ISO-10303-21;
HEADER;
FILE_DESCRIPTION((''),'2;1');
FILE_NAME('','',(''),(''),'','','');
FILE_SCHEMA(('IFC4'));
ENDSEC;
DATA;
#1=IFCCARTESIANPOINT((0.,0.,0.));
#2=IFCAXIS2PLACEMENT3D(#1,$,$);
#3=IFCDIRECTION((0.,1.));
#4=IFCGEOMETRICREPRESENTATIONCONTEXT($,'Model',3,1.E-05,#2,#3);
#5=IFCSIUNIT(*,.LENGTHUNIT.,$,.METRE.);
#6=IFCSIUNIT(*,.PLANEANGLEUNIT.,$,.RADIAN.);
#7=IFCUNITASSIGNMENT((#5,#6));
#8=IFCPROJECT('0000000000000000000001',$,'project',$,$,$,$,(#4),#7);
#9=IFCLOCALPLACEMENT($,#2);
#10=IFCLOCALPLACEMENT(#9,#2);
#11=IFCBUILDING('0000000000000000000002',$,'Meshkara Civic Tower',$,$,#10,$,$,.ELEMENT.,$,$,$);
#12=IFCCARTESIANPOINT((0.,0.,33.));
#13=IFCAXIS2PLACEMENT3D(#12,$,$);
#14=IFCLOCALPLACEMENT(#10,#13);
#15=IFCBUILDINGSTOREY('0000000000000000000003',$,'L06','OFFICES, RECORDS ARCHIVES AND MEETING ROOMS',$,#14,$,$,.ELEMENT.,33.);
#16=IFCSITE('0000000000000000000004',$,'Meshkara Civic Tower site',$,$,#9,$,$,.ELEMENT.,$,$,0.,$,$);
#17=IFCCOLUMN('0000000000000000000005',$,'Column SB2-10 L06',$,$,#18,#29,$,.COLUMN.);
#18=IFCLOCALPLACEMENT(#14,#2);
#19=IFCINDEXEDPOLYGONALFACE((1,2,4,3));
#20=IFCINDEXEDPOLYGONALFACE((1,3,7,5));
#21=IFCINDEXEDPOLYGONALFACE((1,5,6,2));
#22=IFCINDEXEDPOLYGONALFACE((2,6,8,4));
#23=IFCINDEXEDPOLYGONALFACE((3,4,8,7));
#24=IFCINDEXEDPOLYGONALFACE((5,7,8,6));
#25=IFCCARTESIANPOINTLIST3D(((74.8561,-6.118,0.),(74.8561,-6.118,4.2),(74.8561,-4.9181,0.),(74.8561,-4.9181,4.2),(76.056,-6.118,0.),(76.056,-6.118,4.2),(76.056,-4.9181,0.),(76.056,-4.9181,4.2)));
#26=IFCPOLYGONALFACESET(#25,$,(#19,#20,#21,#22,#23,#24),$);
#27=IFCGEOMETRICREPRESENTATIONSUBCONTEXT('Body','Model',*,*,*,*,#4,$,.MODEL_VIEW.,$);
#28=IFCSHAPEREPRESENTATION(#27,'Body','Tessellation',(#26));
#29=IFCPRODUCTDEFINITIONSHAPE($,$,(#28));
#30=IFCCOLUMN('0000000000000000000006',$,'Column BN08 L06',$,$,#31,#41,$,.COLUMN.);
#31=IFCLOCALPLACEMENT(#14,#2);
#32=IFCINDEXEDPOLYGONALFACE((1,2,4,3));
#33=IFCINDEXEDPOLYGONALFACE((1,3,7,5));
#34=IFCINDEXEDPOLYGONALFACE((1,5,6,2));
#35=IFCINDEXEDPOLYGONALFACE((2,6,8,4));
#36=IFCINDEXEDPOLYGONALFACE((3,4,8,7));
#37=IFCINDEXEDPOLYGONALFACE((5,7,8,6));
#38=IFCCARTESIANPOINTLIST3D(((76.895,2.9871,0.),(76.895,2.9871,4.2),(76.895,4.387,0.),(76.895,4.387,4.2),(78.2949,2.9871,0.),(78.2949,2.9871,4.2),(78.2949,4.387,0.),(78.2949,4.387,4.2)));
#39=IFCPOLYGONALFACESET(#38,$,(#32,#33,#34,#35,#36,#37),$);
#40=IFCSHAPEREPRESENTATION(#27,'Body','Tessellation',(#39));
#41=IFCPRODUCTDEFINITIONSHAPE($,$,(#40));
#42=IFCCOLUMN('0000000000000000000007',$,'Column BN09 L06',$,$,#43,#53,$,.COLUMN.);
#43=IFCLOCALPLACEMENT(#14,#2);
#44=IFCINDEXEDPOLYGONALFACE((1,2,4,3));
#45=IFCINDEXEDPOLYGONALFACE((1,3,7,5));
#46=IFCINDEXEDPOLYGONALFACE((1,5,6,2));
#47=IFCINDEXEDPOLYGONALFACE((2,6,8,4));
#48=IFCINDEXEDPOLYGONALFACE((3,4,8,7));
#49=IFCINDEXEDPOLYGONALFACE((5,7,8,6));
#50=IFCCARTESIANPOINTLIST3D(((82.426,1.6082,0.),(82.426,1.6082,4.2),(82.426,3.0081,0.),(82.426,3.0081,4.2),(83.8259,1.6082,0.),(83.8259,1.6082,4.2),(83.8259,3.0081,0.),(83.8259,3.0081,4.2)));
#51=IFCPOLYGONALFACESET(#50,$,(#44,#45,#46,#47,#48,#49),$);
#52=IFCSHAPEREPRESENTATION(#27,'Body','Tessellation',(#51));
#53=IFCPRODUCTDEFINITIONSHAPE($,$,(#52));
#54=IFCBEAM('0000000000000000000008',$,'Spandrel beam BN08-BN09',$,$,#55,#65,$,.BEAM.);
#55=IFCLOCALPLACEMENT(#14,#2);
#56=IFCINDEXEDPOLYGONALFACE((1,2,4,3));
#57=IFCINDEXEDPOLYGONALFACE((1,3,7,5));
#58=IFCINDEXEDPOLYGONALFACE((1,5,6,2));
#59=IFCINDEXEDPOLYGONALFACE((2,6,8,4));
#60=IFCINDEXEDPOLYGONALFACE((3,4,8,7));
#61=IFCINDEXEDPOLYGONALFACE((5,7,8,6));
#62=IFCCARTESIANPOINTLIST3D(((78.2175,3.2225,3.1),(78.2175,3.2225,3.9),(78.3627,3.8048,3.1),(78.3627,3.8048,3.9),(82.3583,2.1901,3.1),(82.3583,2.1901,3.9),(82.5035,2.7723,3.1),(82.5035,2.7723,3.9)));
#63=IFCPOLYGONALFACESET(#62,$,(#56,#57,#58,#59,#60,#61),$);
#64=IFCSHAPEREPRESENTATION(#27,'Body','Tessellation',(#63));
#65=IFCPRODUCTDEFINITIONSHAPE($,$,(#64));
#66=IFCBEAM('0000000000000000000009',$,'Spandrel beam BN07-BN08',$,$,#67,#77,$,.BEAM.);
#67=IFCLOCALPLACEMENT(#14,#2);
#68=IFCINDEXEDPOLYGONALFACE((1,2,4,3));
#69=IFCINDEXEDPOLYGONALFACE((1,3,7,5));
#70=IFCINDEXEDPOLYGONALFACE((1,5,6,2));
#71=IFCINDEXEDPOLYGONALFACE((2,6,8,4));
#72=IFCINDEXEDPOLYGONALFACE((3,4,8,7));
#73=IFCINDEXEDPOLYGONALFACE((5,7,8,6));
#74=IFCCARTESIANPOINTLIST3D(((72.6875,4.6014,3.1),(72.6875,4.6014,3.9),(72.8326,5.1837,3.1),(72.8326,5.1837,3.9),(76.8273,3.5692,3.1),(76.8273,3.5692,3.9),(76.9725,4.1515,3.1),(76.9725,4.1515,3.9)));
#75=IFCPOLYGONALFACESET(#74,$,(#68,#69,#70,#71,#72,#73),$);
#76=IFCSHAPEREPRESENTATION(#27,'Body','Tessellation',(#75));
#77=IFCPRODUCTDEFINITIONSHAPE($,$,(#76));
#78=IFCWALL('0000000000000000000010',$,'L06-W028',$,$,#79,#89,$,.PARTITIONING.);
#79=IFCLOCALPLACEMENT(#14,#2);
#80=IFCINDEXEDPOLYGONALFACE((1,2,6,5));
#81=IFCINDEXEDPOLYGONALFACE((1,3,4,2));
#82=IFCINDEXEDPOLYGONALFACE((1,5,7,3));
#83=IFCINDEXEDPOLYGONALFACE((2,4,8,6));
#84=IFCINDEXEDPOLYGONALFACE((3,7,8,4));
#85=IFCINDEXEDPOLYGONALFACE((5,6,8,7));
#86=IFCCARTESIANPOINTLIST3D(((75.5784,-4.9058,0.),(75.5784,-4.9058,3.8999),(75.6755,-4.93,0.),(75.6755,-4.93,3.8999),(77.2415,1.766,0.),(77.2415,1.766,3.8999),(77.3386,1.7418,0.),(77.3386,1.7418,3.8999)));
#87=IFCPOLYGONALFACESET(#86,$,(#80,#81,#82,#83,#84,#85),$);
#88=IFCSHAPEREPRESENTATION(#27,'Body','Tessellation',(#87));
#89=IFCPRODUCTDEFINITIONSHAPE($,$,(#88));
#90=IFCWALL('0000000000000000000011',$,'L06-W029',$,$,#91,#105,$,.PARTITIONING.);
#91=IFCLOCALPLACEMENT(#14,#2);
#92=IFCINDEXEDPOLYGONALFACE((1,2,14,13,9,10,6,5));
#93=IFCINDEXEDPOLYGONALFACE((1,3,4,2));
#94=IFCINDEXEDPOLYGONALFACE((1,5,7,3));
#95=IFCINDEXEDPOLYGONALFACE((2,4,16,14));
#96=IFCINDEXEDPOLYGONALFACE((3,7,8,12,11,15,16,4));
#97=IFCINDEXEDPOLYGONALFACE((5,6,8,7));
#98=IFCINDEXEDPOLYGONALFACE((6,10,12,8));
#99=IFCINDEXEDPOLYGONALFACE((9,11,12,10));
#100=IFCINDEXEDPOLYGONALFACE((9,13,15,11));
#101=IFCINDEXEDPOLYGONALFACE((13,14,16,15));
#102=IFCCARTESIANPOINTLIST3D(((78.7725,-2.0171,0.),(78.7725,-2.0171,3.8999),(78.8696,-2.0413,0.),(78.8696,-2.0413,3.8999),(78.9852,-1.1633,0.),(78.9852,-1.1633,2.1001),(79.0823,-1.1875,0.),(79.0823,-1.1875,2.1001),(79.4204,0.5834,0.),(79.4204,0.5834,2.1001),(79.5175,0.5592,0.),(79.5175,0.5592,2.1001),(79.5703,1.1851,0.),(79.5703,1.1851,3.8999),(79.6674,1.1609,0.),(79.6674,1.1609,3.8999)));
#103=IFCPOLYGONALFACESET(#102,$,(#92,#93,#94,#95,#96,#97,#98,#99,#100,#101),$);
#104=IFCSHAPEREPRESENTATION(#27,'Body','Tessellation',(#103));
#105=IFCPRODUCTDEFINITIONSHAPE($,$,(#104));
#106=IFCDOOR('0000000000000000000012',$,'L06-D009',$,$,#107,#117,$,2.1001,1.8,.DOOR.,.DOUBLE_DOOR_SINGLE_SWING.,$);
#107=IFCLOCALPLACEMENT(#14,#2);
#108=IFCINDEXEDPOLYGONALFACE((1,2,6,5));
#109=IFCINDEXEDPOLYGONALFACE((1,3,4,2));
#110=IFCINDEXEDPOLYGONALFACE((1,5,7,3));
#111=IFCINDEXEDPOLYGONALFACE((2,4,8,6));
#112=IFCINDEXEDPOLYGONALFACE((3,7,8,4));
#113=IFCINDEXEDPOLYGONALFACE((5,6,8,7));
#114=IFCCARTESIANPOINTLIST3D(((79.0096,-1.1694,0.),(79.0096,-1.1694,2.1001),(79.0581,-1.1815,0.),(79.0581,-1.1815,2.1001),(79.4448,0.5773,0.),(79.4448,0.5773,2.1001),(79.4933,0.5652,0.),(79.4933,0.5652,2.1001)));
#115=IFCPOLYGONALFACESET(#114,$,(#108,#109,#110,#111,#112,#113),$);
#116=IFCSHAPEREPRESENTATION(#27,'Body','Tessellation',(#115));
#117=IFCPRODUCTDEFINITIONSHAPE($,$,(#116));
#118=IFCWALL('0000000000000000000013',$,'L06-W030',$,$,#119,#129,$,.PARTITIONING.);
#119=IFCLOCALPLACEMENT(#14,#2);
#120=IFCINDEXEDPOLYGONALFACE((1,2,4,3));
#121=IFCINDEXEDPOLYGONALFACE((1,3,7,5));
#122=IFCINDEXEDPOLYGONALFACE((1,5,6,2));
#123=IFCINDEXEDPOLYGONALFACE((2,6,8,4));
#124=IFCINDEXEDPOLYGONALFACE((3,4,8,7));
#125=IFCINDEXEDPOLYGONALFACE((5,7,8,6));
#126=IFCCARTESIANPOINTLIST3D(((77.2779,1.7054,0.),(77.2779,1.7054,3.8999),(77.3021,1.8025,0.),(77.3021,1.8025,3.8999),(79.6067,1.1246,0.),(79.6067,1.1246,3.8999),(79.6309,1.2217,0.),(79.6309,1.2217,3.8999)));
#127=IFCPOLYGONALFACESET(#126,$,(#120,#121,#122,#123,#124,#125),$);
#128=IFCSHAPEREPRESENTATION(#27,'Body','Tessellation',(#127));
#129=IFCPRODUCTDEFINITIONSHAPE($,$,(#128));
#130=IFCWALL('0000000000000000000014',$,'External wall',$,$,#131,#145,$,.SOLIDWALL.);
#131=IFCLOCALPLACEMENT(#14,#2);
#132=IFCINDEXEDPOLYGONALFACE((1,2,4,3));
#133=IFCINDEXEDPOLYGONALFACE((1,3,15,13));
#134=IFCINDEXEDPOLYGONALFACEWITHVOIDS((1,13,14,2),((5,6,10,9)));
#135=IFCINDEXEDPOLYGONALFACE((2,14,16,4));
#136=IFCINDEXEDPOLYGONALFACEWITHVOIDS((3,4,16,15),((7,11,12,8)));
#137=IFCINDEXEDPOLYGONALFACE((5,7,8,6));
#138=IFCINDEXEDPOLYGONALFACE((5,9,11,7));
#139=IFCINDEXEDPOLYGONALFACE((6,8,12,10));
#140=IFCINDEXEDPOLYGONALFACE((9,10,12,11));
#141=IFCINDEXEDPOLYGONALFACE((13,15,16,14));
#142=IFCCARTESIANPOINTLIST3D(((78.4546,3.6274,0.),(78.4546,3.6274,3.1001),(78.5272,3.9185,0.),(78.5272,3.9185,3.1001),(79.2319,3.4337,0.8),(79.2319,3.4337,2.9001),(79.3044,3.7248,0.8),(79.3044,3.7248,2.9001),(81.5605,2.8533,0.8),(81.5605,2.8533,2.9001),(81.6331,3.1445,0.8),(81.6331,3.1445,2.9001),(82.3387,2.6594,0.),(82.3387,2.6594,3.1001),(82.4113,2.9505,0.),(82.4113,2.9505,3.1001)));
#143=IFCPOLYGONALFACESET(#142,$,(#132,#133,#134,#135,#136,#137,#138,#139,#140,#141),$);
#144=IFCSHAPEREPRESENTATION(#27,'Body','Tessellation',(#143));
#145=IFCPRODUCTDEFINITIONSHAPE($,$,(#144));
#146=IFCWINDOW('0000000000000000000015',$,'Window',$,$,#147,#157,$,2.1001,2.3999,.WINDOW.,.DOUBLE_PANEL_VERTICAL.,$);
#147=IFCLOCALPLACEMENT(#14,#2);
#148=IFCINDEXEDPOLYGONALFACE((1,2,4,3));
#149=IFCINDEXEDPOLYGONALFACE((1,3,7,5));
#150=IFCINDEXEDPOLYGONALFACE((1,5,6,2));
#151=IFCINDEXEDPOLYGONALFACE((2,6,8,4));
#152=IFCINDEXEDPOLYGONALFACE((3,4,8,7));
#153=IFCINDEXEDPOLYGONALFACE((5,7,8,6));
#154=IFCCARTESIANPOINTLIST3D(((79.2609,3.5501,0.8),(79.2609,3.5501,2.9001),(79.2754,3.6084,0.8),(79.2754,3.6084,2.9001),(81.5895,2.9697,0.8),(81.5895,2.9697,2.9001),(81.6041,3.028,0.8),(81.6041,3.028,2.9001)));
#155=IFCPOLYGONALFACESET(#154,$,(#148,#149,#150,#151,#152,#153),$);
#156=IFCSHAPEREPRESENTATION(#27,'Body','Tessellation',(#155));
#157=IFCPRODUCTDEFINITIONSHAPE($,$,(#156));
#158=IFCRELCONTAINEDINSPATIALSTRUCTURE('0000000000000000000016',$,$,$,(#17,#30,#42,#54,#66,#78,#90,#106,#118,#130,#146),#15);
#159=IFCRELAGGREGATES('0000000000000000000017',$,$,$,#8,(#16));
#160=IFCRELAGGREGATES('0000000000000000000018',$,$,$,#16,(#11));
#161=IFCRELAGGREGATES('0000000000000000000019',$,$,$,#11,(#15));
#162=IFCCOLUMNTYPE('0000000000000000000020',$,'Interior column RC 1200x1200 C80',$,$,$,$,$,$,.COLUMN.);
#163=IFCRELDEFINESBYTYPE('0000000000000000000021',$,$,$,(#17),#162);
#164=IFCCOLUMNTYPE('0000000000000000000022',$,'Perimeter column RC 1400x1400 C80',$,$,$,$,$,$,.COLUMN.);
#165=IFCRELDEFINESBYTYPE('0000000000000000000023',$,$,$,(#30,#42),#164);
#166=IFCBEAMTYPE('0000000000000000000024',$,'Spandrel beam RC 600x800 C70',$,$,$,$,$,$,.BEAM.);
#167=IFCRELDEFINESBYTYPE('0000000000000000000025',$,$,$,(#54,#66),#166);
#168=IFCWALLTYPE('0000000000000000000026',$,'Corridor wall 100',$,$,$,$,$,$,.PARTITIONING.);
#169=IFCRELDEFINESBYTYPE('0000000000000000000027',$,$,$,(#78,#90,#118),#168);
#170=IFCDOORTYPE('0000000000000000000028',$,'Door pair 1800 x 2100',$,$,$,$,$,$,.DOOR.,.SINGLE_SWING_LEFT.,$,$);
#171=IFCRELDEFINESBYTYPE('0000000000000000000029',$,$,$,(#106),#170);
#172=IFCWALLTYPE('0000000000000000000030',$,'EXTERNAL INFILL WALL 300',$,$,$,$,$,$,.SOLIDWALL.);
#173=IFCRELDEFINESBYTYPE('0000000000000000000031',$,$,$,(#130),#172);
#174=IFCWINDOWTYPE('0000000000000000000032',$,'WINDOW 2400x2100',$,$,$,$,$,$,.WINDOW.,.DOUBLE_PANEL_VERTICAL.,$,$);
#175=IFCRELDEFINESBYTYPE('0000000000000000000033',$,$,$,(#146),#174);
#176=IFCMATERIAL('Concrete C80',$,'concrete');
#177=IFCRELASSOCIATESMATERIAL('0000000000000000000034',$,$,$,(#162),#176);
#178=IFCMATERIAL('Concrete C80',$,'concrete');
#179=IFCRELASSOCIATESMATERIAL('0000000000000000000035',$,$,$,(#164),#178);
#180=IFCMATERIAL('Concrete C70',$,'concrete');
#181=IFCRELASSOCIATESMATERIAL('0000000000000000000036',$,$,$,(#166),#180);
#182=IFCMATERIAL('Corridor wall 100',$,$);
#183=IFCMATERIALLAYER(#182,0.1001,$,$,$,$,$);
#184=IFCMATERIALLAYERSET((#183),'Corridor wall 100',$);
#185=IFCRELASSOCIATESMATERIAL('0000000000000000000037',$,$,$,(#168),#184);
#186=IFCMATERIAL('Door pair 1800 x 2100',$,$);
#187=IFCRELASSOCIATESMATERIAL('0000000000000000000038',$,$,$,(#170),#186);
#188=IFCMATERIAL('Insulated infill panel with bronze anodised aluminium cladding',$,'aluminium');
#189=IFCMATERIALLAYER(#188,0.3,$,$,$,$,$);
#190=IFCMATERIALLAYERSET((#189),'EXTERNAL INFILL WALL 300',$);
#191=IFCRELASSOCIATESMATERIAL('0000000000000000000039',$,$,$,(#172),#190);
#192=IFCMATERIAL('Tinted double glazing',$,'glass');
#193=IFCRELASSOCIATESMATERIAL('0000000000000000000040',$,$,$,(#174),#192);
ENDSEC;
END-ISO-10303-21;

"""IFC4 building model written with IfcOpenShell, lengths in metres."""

from ifc_helpers import new_model, si_unit, direction, frame, frame_2d, origin, origin_2d, place, context, subcontext, project, spatial, rectangle, extrude, material, layer, layer_set, material_profile, profile_set, type_object, element, fill, save


model = new_model("IFC4")

# Units and contexts
model_context = context("Model", 3, precision=1e-05, world=origin(), true_north=direction((0.0, 1.0)))
body_context = subcontext(model_context, "Body", "Model", "MODEL_VIEW")
ifc_project = project(units=[si_unit("LENGTHUNIT", "METRE"), si_unit("PLANEANGLEUNIT", "RADIAN")], contexts=[model_context])

# Site, building, storey
site_placement = place(None, origin())
site = spatial("IfcSite", under=ifc_project, at=site_placement, Name="Meshkara Civic Tower site", CompositionType="ELEMENT", RefElevation=0.0)
building_placement = place(site_placement, origin())
building = spatial("IfcBuilding", under=site, at=building_placement, Name="Meshkara Civic Tower", CompositionType="ELEMENT")
storey_placement = place(building_placement, frame((0.0, 0.0, 33.0)))
storey = spatial("IfcBuildingStorey", under=building, at=storey_placement, Name="L06", Description="OFFICES, RECORDS ARCHIVES AND MEETING ROOMS", CompositionType="ELEMENT", Elevation=33.0)

# Columns
ifc_material_1 = material(Name="Concrete C80", Category="concrete")
ifc_material_profile_1 = material_profile(ifc_material_1, rectangle(XDim=1.2, YDim=1.2, at=origin_2d()))
ifc_profile_set_1 = profile_set([ifc_material_profile_1], Name="Concrete C80")
column_type_1 = type_object("IfcColumnType", Name="Interior column RC 1200x1200 C80", PredefinedType="COLUMN", material=ifc_profile_set_1)
column_placement = place(storey_placement, frame((75.4561, -5.5181, 0.0), z_axis=(0.0, 0.0, 1.0), x_axis=(1.0, 0.0, 0.0)))
element("IfcColumn", 1, at=column_placement, inside=storey, type_object=column_type_1, Name="Column SB2-10 L06", PredefinedType="COLUMN", context=body_context, shape_type="SweptSolid", body=[
    extrude(rectangle(XDim=1.2, YDim=1.2, at=origin_2d()), origin(), (0.0, 0.0, 1.0), 4.2),
])
ifc_material_2 = material(Name="Concrete C80", Category="concrete")
ifc_material_profile_2 = material_profile(ifc_material_2, rectangle(XDim=1.3999, YDim=1.3999, at=origin_2d()))
ifc_profile_set_2 = profile_set([ifc_material_profile_2], Name="Concrete C80")
column_type_2 = type_object("IfcColumnType", Name="Perimeter column RC 1400x1400 C80", PredefinedType="COLUMN", material=ifc_profile_set_2)
for number, where, z_axis, x_axis, name in (
    (2, (77.595, 3.687, 0.0), (0.0, 0.0, 1.0), (1.0, 0.0, 0.0), "Column BN08 L06"),
    (3, (83.126, 2.3081, 0.0), (0.0, 0.0, 1.0), (1.0, 0.0, 0.0), "Column BN09 L06"),
):
    element("IfcColumn", number, at=place(storey_placement, frame(where, z_axis=z_axis, x_axis=x_axis)), inside=storey, type_object=column_type_2, Name=name, PredefinedType="COLUMN", context=body_context, shape_type="SweptSolid", body=[
        extrude(rectangle(XDim=1.3999, YDim=1.3999, at=origin_2d()), origin(), (0.0, 0.0, 1.0), 4.2),
    ])

# Beams
ifc_material_3 = material(Name="Concrete C70", Category="concrete")
ifc_material_profile_3 = material_profile(ifc_material_3, rectangle(XDim=0.6001, YDim=0.8, at=origin_2d()))
ifc_profile_set_3 = profile_set([ifc_material_profile_3], Name="Concrete C70")
beam_type = type_object("IfcBeamType", Name="Spandrel beam RC 600x800 C70", PredefinedType="BEAM", material=ifc_profile_set_3)
beam_1_placement = place(storey_placement, frame((82.4309, 2.4812, 3.5), z_axis=(-0.970294, 0.24193, 0.0), x_axis=(-0.24193, -0.970294, 0.0)))
element("IfcBeam", 4, at=beam_1_placement, inside=storey, type_object=beam_type, Name="Spandrel beam BN08-BN09", PredefinedType="BEAM", context=body_context, shape_type="SweptSolid", body=[
    extrude(rectangle(XDim=0.6001, YDim=0.8, at=origin_2d()), origin(), (0.0, 0.0, 1.0), 4.2676),
])
beam_2_placement = place(storey_placement, frame((76.8999, 3.8604, 3.5), z_axis=(-0.970294, 0.24193, 0.0), x_axis=(-0.24193, -0.970294, 0.0)))
element("IfcBeam", 5, at=beam_2_placement, inside=storey, type_object=beam_type, Name="Spandrel beam BN07-BN08", PredefinedType="BEAM", context=body_context, shape_type="SweptSolid", body=[
    extrude(rectangle(XDim=0.6001, YDim=0.8, at=origin_2d()), origin(), (0.0, 0.0, 1.0), 4.2666),
])

# Wall
ifc_material_4 = material(Name="Corridor wall 100")
ifc_layer_1 = layer(ifc_material_4, 0.1001)
ifc_layer_set_1 = layer_set([ifc_layer_1], Name="Corridor wall 100")
wall_type_1 = type_object("IfcWallType", Name="Corridor wall 100", PredefinedType="PARTITIONING", material=ifc_layer_set_1)
wall_1_placement = place(storey_placement, frame((77.29, 1.7539, 0.0), z_axis=(0.0, 0.0, 1.0), x_axis=(-0.241867, -0.970309, 0.0)))
element("IfcWall", 6, at=wall_1_placement, inside=storey, type_object=wall_type_1, Name="L06-W028", PredefinedType="PARTITIONING", context=body_context, shape_type="SweptSolid", body=[
    extrude(rectangle(XDim=6.876, YDim=0.1001, at=frame_2d((3.438, 0.0))), origin(), (0.0, 0.0, 1.0), 3.8999),
])

# Wall, opening, door
wall_2_placement = place(storey_placement, frame((78.821, -2.0291, 0.0), z_axis=(0.0, 0.0, 1.0), x_axis=(0.24177, 0.970334, 0.0)))
wall_2 = element("IfcWall", 7, at=wall_2_placement, inside=storey, type_object=wall_type_1, Name="L06-W029", PredefinedType="PARTITIONING", context=body_context, shape_type="SweptSolid", body=[
    extrude(rectangle(XDim=3.3, YDim=0.1001, at=frame_2d((1.6499, 0.0))), origin(), (0.0, 0.0, 1.0), 3.8999),
])
opening_1_placement = place(wall_2_placement, frame((0.8799, 0.0, 0.0)))
opening_1 = element("IfcOpeningElement", 8, at=opening_1_placement, cuts=wall_2, PredefinedType="OPENING", context=body_context, shape_type="SweptSolid", body=[
    extrude(rectangle(XDim=1.8, YDim=2.1001, at=frame_2d((0.8999, 1.05))), frame((0.0, 0.0601, 0.0), z_axis=(0.0, -1.0, 0.0), x_axis=(1.0, 0.0, 0.0)), (0.0, 0.0, 1.0), 0.1201),
])
ifc_material_5 = material(Name="Door pair 1800 x 2100")
door_type_1 = type_object("IfcDoorType", Name="Door pair 1800 x 2100", OperationType="SINGLE_SWING_LEFT", PredefinedType="DOOR", material=ifc_material_5)
door_1_placement = place(opening_1_placement, origin())
door_1 = element("IfcDoor", 9, at=door_1_placement, inside=storey, type_object=door_type_1, Name="L06-D009", OperationType="DOUBLE_DOOR_SINGLE_SWING", OverallHeight=2.1001, OverallWidth=1.8, PredefinedType="DOOR", context=body_context, shape_type="SweptSolid", body=[
    extrude(rectangle(XDim=1.8, YDim=2.1001, at=frame_2d((0.8999, 1.05))), frame((0.0, 0.0249, 0.0), z_axis=(0.0, -1.0, 0.0), x_axis=(1.0, 0.0, 0.0)), (0.0, 0.0, 1.0), 0.05),
])
fill(opening_1, door_1)

# Wall
wall_3_placement = place(storey_placement, frame((79.6189, 1.1731, 0.0), z_axis=(0.0, 0.0, 1.0), x_axis=(-0.97028, 0.241985, 0.0)))
element("IfcWall", 10, at=wall_3_placement, inside=storey, type_object=wall_type_1, Name="L06-W030", PredefinedType="PARTITIONING", context=body_context, shape_type="SweptSolid", body=[
    extrude(rectangle(XDim=2.4001, YDim=0.1001, at=frame_2d((1.2002, 0.0))), origin(), (0.0, 0.0, 1.0), 3.8999),
])

# Wall, opening, window
ifc_material_6 = material(Name="Insulated infill panel with bronze anodised aluminium cladding", Category="aluminium")
ifc_layer_2 = layer(ifc_material_6, 0.3)
ifc_layer_set_2 = layer_set([ifc_layer_2], Name="EXTERNAL INFILL WALL 300")
wall_type_2 = type_object("IfcWallType", Name="EXTERNAL INFILL WALL 300", PredefinedType="SOLIDWALL", material=ifc_layer_set_2)
wall_4_placement = place(storey_placement, frame((82.375, 2.8049, 0.0), z_axis=(0.0, 0.0, 1.0), x_axis=(-0.970318, 0.241832, 0.0)))
wall_4 = element("IfcWall", 11, at=wall_4_placement, inside=storey, type_object=wall_type_2, Name="External wall", PredefinedType="SOLIDWALL", context=body_context, shape_type="SweptSolid", body=[
    extrude(rectangle(XDim=4.0029, YDim=0.3, at=frame_2d((2.0015, 0.0))), origin(), (0.0, 0.0, 1.0), 3.1001),
])
opening_2_placement = place(wall_4_placement, frame((0.802, 0.0, 0.8)))
opening_2 = element("IfcOpeningElement", 12, at=opening_2_placement, cuts=wall_4, PredefinedType="OPENING", context=body_context, shape_type="SweptSolid", body=[
    extrude(rectangle(XDim=2.3999, YDim=2.1001, at=frame_2d((1.2, 1.05))), frame((0.0, 0.1599, 0.0), z_axis=(0.0, -1.0, 0.0), x_axis=(1.0, 0.0, 0.0)), (0.0, 0.0, 1.0), 0.3201),
])
ifc_material_7 = material(Name="Tinted double glazing", Category="glass")
window_type = type_object("IfcWindowType", Name="WINDOW 2400x2100", PartitioningType="DOUBLE_PANEL_VERTICAL", PredefinedType="WINDOW", material=ifc_material_7)
window_1_placement = place(opening_2_placement, origin())
window_1 = element("IfcWindow", 13, at=window_1_placement, inside=storey, type_object=window_type, Name="Window", OverallHeight=2.1001, OverallWidth=2.3999, PartitioningType="DOUBLE_PANEL_VERTICAL", PredefinedType="WINDOW", context=body_context, shape_type="SweptSolid", body=[
    extrude(rectangle(XDim=2.3999, YDim=2.1001, at=frame_2d((1.2, 1.05))), frame((0.0, 0.03, 0.0), z_axis=(0.0, -1.0, 0.0), x_axis=(1.0, 0.0, 0.0)), (0.0, 0.0, 1.0), 0.0601),
])
fill(opening_2, window_1)

save(model, "model.ifc")
